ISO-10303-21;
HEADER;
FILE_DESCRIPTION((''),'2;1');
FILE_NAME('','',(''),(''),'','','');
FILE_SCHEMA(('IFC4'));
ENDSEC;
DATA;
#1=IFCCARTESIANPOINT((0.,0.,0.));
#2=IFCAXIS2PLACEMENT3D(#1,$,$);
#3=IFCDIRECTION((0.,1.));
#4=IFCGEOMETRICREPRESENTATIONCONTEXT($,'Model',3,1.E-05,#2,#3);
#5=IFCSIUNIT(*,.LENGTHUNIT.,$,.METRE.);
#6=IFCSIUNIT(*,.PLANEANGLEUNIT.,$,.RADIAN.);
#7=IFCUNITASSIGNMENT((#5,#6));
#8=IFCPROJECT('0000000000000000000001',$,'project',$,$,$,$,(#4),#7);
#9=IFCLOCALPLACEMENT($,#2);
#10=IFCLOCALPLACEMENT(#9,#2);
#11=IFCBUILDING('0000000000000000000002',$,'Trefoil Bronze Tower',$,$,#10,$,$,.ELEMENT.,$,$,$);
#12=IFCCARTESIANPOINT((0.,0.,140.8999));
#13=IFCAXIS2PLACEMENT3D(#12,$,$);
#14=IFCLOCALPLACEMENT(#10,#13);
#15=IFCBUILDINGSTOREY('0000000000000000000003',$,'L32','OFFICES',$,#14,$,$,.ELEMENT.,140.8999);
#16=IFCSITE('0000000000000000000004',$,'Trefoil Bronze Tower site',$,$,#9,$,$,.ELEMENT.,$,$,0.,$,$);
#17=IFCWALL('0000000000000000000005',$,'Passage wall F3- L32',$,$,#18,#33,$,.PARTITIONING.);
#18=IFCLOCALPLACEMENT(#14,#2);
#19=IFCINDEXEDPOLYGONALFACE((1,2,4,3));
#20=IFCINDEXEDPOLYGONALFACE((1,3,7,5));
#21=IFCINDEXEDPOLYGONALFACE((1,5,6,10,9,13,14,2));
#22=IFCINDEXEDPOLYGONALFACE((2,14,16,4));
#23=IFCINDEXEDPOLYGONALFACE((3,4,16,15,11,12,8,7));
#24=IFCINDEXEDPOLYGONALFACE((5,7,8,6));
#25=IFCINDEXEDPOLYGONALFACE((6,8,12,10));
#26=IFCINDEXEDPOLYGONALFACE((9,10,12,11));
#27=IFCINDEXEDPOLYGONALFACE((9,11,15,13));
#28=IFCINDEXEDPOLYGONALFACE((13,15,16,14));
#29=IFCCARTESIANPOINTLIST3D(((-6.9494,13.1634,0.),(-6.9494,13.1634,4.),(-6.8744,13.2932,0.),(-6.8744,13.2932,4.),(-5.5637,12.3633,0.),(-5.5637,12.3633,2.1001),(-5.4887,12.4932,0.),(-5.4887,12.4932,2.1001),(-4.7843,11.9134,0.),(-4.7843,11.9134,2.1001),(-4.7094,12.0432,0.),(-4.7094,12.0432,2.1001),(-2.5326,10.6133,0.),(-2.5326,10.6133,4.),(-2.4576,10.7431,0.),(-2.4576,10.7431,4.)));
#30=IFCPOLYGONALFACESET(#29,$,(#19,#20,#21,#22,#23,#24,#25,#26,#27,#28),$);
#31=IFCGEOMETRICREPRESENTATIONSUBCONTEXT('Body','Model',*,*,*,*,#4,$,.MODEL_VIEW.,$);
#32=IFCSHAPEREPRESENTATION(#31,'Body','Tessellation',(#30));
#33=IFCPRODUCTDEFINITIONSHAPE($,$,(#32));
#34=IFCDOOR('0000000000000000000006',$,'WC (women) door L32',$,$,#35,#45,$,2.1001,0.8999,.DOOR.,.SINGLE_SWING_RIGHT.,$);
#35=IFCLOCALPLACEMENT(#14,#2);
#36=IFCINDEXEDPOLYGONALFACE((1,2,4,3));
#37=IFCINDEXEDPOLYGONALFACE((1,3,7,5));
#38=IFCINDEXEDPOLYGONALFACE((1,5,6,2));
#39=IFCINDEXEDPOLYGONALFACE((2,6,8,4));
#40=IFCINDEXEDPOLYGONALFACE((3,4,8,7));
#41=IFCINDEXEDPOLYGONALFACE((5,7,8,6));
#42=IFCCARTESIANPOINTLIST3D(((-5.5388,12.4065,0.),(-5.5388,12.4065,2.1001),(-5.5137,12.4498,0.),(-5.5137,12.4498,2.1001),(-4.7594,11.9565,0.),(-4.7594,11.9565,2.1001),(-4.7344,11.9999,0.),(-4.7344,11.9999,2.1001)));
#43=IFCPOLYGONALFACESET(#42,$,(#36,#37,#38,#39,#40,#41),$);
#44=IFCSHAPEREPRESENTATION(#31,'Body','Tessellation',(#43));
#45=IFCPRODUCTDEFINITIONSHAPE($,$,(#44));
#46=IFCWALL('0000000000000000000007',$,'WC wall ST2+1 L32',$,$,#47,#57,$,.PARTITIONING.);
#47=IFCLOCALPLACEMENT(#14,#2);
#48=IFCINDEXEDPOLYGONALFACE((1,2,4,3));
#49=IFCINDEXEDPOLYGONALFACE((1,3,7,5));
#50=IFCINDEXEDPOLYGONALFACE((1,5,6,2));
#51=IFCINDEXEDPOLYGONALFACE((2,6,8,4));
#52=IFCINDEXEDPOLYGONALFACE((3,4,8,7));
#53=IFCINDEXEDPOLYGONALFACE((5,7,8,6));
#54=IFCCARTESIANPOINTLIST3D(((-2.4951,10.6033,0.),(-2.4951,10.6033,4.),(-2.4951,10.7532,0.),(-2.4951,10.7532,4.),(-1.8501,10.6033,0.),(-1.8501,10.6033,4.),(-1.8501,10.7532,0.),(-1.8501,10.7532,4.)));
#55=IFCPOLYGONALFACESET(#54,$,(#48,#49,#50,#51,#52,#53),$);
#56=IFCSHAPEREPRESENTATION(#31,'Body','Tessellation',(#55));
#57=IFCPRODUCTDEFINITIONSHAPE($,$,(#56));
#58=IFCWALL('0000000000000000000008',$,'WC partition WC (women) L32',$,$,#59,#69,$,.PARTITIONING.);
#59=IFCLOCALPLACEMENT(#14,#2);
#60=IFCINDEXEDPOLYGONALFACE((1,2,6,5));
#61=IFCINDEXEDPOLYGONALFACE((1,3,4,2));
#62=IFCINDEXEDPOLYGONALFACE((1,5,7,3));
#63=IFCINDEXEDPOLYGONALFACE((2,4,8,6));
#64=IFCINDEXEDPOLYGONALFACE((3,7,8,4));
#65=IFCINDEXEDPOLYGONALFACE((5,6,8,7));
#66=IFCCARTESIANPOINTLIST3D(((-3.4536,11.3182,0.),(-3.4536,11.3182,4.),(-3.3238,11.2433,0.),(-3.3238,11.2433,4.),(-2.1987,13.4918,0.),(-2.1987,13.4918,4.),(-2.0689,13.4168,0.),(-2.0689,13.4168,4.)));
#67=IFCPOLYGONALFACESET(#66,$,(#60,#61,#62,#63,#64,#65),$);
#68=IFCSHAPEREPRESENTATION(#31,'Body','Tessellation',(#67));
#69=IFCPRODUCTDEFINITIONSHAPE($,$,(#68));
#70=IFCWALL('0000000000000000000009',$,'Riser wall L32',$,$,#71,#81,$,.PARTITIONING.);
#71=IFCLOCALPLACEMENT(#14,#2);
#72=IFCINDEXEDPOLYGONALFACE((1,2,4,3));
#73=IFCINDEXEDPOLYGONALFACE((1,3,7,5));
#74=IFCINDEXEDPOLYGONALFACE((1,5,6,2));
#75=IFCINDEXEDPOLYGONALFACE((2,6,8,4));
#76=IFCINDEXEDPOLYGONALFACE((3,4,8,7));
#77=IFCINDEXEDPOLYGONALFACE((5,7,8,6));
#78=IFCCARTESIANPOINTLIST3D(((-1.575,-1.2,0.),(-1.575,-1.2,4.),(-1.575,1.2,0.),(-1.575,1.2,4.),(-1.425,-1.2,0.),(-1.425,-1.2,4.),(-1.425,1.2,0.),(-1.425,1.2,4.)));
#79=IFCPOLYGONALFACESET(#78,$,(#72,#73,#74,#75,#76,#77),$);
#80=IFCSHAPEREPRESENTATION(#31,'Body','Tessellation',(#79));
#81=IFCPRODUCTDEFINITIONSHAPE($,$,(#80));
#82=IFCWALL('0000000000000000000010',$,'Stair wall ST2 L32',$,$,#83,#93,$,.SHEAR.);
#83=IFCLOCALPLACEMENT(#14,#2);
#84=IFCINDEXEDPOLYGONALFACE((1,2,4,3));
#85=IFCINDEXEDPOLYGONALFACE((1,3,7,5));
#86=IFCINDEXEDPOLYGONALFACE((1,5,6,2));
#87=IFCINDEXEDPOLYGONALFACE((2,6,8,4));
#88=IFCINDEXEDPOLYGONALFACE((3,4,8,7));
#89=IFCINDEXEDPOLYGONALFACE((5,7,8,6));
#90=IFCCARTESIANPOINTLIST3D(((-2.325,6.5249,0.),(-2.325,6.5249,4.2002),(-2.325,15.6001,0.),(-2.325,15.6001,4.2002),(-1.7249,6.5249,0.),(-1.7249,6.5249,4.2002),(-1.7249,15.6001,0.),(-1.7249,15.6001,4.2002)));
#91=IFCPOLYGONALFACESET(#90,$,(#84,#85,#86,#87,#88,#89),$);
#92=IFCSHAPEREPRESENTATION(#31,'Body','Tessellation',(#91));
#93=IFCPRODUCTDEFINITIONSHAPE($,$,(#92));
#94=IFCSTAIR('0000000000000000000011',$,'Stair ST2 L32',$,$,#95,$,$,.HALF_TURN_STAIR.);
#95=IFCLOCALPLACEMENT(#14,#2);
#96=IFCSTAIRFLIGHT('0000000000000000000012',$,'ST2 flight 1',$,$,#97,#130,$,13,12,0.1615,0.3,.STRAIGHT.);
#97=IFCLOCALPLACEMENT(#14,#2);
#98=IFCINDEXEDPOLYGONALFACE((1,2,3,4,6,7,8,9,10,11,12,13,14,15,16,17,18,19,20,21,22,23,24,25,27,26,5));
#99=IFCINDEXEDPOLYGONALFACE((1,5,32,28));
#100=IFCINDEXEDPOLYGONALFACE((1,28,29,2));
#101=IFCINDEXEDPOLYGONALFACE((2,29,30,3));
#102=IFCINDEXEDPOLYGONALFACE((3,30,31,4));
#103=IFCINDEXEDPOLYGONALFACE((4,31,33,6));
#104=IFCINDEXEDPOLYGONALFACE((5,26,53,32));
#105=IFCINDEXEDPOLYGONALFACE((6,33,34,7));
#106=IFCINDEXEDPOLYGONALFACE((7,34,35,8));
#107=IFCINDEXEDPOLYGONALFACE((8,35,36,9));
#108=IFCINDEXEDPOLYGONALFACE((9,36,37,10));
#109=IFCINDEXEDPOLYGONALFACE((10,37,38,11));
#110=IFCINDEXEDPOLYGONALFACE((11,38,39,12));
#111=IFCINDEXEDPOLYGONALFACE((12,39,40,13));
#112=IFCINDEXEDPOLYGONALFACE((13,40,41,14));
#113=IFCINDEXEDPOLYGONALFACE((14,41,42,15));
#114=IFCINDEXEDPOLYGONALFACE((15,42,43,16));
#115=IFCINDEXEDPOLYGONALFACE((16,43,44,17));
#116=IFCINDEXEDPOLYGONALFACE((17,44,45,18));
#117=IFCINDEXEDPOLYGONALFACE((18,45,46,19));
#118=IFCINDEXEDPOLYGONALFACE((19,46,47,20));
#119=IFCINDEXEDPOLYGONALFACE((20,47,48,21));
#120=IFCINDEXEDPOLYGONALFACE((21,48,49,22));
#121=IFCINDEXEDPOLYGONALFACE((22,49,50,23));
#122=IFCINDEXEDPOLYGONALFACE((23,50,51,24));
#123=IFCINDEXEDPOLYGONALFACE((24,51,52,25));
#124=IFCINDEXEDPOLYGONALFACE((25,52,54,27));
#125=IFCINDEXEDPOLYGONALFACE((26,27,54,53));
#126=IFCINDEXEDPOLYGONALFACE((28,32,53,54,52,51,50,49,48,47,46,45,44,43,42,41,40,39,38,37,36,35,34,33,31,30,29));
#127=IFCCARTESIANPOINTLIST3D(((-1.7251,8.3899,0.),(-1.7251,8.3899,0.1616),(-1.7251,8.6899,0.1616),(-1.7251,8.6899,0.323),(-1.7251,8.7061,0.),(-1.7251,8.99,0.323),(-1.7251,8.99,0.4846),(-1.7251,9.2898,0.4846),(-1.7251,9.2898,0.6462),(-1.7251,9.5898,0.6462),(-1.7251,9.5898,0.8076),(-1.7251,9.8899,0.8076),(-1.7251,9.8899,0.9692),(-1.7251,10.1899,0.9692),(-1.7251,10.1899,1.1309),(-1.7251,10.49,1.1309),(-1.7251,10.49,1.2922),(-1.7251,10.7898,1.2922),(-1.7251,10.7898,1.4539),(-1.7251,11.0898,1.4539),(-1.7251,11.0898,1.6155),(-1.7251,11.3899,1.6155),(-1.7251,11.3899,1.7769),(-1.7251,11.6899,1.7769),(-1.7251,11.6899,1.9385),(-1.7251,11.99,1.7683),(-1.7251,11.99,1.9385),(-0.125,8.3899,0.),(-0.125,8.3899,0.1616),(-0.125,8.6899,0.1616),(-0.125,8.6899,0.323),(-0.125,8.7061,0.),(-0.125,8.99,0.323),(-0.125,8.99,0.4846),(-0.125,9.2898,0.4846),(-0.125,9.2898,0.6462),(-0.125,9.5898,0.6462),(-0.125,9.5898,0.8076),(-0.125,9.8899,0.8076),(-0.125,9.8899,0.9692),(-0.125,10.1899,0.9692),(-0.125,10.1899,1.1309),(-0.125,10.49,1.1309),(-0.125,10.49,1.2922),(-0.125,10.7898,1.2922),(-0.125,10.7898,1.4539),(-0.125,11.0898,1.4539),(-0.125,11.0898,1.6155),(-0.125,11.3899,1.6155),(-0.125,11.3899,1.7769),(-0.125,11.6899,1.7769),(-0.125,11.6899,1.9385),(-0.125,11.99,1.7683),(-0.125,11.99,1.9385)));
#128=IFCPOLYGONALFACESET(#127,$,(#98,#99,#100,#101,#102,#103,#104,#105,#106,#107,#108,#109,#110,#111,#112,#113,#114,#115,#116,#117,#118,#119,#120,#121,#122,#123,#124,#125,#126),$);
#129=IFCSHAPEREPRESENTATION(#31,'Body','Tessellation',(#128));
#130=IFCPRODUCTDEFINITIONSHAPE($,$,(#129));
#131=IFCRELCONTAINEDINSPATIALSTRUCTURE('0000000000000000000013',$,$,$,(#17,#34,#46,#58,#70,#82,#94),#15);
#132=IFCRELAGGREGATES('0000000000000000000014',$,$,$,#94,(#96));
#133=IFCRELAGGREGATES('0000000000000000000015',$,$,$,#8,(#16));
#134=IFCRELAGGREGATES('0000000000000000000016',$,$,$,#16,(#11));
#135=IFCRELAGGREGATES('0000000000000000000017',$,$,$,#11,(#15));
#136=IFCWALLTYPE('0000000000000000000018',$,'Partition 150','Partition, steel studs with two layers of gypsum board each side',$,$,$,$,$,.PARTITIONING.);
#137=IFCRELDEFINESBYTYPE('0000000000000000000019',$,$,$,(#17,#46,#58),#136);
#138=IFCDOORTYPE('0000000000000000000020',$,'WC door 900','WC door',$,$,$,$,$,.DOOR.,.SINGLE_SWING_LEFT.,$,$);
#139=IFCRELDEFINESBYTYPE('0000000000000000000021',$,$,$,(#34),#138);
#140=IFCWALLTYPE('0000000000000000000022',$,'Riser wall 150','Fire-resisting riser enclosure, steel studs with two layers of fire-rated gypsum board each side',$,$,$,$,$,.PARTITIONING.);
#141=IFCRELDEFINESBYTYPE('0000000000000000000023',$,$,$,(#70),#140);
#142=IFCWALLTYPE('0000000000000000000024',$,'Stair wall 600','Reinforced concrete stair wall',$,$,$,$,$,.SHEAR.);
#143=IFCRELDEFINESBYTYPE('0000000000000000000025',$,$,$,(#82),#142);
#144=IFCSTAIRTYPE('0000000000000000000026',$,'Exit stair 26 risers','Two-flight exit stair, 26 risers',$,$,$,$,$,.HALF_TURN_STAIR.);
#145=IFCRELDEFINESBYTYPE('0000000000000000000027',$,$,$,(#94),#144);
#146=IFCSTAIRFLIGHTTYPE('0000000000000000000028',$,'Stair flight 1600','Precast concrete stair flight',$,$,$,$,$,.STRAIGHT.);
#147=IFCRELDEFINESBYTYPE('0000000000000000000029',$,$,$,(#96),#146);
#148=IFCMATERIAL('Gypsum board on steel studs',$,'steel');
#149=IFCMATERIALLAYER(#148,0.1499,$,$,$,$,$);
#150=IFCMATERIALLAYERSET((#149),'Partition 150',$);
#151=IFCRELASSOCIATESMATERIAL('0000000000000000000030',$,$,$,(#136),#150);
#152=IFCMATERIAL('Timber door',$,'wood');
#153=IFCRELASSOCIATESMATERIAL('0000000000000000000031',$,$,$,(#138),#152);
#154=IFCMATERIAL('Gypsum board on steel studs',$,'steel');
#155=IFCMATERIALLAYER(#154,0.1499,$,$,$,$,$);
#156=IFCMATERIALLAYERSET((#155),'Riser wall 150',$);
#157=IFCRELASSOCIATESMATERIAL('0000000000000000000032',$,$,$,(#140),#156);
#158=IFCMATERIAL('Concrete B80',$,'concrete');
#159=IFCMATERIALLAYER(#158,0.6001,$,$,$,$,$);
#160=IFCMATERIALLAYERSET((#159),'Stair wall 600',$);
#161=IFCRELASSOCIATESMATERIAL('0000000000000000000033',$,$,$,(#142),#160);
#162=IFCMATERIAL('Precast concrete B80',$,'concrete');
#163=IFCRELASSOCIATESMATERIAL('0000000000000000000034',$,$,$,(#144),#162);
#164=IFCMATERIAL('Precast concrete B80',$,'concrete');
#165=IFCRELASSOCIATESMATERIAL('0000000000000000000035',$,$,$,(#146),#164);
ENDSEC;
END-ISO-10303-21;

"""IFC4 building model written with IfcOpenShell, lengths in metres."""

from ifc_helpers import new_model, si_unit, direction, frame, frame_2d, origin, place, context, subcontext, project, spatial, polyline, rectangle, outline, extrude, material, layer, layer_set, type_object, element, fill, aggregate, save


model = new_model("IFC4")

# Units and contexts
model_context = context("Model", 3, precision=1e-05, world=origin(), true_north=direction((0.0, 1.0)))
body_context = subcontext(model_context, "Body", "Model", "MODEL_VIEW")
ifc_project = project(units=[si_unit("LENGTHUNIT", "METRE"), si_unit("PLANEANGLEUNIT", "RADIAN")], contexts=[model_context])

# Site, building, storey
site_placement = place(None, origin())
site = spatial("IfcSite", under=ifc_project, at=site_placement, Name="Trefoil Bronze Tower site", CompositionType="ELEMENT", RefElevation=0.0)
building_placement = place(site_placement, origin())
building = spatial("IfcBuilding", under=site, at=building_placement, Name="Trefoil Bronze Tower", CompositionType="ELEMENT")
storey_placement = place(building_placement, frame((0.0, 0.0, 140.8999)))
storey = spatial("IfcBuildingStorey", under=building, at=storey_placement, Name="L32", Description="OFFICES", CompositionType="ELEMENT", Elevation=140.8999)

# Wall, opening, door
ifc_material_1 = material(Name="Gypsum board on steel studs", Category="steel")
ifc_layer_1 = layer(ifc_material_1, 0.1499)
ifc_layer_set_1 = layer_set([ifc_layer_1], Name="Partition 150")
wall_type_1 = type_object("IfcWallType", Name="Partition 150", Description="Partition, steel studs with two layers of gypsum board each side", PredefinedType="PARTITIONING", material=ifc_layer_set_1)
wall_1_placement = place(storey_placement, frame((-2.4951, 10.6782, 0.0), z_axis=(0.0, 0.0, 1.0), x_axis=(-0.866022, 0.500006, 0.0)))
wall_1 = element("IfcWall", 1, at=wall_1_placement, inside=storey, type_object=wall_type_1, Name="Passage wall F3- L32", PredefinedType="PARTITIONING", context=body_context, shape_type="SweptSolid", body=[
    extrude(rectangle(XDim=5.1001, YDim=0.1499, at=frame_2d((2.55, 0.0))), origin(), (0.0, 0.0, 1.0), 4.0),
])
opening_placement = place(wall_1_placement, frame((2.6001, 0.0, 0.0)))
opening = element("IfcOpeningElement", 2, at=opening_placement, cuts=wall_1, PredefinedType="OPENING", context=body_context, shape_type="SweptSolid", body=[
    extrude(rectangle(XDim=0.8999, YDim=2.1001, at=frame_2d((0.45, 1.05))), frame((0.0, 0.085, 0.0), z_axis=(0.0, -1.0, 0.0), x_axis=(1.0, 0.0, 0.0)), (0.0, 0.0, 1.0), 0.1699),
])
ifc_material_2 = material(Name="Timber door", Category="wood")
door_type = type_object("IfcDoorType", Name="WC door 900", Description="WC door", OperationType="SINGLE_SWING_LEFT", PredefinedType="DOOR", material=ifc_material_2)
door_placement = place(opening_placement, frame((0.8999, 0.0, 0.0), z_axis=(0.0, 0.0, 1.0), x_axis=(-1.0, 0.0, 0.0)))
door = element("IfcDoor", 3, at=door_placement, inside=storey, type_object=door_type, Name="WC (women) door L32", OperationType="SINGLE_SWING_RIGHT", OverallHeight=2.1001, OverallWidth=0.8999, PredefinedType="DOOR", context=body_context, shape_type="SweptSolid", body=[
    extrude(rectangle(XDim=0.8999, YDim=2.1001, at=frame_2d((0.45, 1.05))), frame((0.0, 0.0249, 0.0), z_axis=(0.0, -1.0, 0.0), x_axis=(1.0, 0.0, 0.0)), (0.0, 0.0, 1.0), 0.05),
])
fill(opening, door)

# Walls
wall_2_placement = place(storey_placement, frame((-2.4951, 10.6782, 0.0), z_axis=(0.0, 0.0, 1.0), x_axis=(1.0, 0.0, 0.0)))
element("IfcWall", 4, at=wall_2_placement, inside=storey, type_object=wall_type_1, Name="WC wall ST2+1 L32", PredefinedType="PARTITIONING", context=body_context, shape_type="SweptSolid", body=[
    extrude(rectangle(XDim=0.645, YDim=0.1499, at=frame_2d((0.3225, 0.0))), origin(), (0.0, 0.0, 1.0), 4.0),
])
wall_3_placement = place(storey_placement, frame((-3.3887, 11.2808, 0.0), z_axis=(0.0, 0.0, 1.0), x_axis=(0.499989, 0.866032, 0.0)))
element("IfcWall", 5, at=wall_3_placement, inside=storey, type_object=wall_type_1, Name="WC partition WC (women) L32", PredefinedType="PARTITIONING", context=body_context, shape_type="SweptSolid", body=[
    extrude(rectangle(XDim=2.5098, YDim=0.1499, at=frame_2d((1.2549, 0.0))), origin(), (0.0, 0.0, 1.0), 4.0),
])
ifc_material_3 = material(Name="Gypsum board on steel studs", Category="steel")
ifc_layer_2 = layer(ifc_material_3, 0.1499)
ifc_layer_set_2 = layer_set([ifc_layer_2], Name="Riser wall 150")
wall_type_2 = type_object("IfcWallType", Name="Riser wall 150", Description="Fire-resisting riser enclosure, steel studs with two layers of fire-rated gypsum board each side", PredefinedType="PARTITIONING", material=ifc_layer_set_2)
wall_4_placement = place(storey_placement, frame((-1.5, 1.2, 0.0), z_axis=(0.0, 0.0, 1.0), x_axis=(0.0, -1.0, 0.0)))
element("IfcWall", 6, at=wall_4_placement, inside=storey, type_object=wall_type_2, Name="Riser wall L32", PredefinedType="PARTITIONING", context=body_context, shape_type="SweptSolid", body=[
    extrude(rectangle(XDim=2.3999, YDim=0.1499, at=frame_2d((1.2, 0.0))), origin(), (0.0, 0.0, 1.0), 4.0),
])
ifc_material_4 = material(Name="Concrete B80", Category="concrete")
ifc_layer_3 = layer(ifc_material_4, 0.6001)
ifc_layer_set_3 = layer_set([ifc_layer_3], Name="Stair wall 600")
wall_type_3 = type_object("IfcWallType", Name="Stair wall 600", Description="Reinforced concrete stair wall", PredefinedType="SHEAR", material=ifc_layer_set_3)
wall_5_placement = place(storey_placement, frame((-2.0249, 6.5249, 0.0), z_axis=(0.0, 0.0, 1.0), x_axis=(0.0, 1.0, 0.0)))
element("IfcWall", 7, at=wall_5_placement, inside=storey, type_object=wall_type_3, Name="Stair wall ST2 L32", PredefinedType="SHEAR", context=body_context, shape_type="SweptSolid", body=[
    extrude(rectangle(XDim=9.0752, YDim=0.6001, at=frame_2d((4.5376, 0.0))), origin(), (0.0, 0.0, 1.0), 4.2002),
])

# Stair, stair flight
ifc_material_5 = material(Name="Precast concrete B80", Category="concrete")
stair_type = type_object("IfcStairType", Name="Exit stair 26 risers", Description="Two-flight exit stair, 26 risers", PredefinedType="HALF_TURN_STAIR", material=ifc_material_5)
stair_placement = place(storey_placement, origin())
stair = element("IfcStair", 8, at=stair_placement, inside=storey, type_object=stair_type, Name="Stair ST2 L32", PredefinedType="HALF_TURN_STAIR")
ifc_material_6 = material(Name="Precast concrete B80", Category="concrete")
stair_flight_type = type_object("IfcStairFlightType", Name="Stair flight 1600", Description="Precast concrete stair flight", PredefinedType="STRAIGHT", material=ifc_material_6)
stair_flight_placement = place(storey_placement, frame((-0.925, 8.3899, 0.0), z_axis=(0.0, 0.0, 1.0), x_axis=(0.0, 1.0, 0.0)))
stair_flight = element("IfcStairFlight", 9, at=stair_flight_placement, type_object=stair_flight_type, Name="ST2 flight 1", NumberOfRisers=13, NumberOfTreads=12, PredefinedType="STRAIGHT", RiserHeight=0.1615, TreadLength=0.3, context=body_context, shape_type="SweptSolid", body=[
    extrude(outline(polyline([(0.0, 0.0), (0.0, 0.1616), (0.3, 0.1616), (0.3, 0.323), (0.6001, 0.323), (0.6001, 0.4846), (0.8999, 0.4846), (0.8999, 0.6462), (1.2, 0.6462), (1.2, 0.8076), (1.5, 0.8076), (1.5, 0.9692), (1.8, 0.9692), (1.8, 1.1309), (2.1001, 1.1309), (2.1001, 1.2922), (2.3999, 1.2922), (2.3999, 1.4539), (2.7, 1.4539), (2.7, 1.6155), (3.0, 1.6155), (3.0, 1.7769), (3.3, 1.7769), (3.3, 1.9385), (3.6001, 1.9385), (3.6001, 2.1001), (3.6001, 1.7683), (0.3162, 0.0), (0.0, 0.0)])), frame((0.0, 0.8, 0.0), z_axis=(0.0, -1.0, 0.0), x_axis=(1.0, 0.0, 0.0)), (0.0, 0.0, 1.0), 1.6001),
])
aggregate(stair, [stair_flight])

save(model, "model.ifc")
